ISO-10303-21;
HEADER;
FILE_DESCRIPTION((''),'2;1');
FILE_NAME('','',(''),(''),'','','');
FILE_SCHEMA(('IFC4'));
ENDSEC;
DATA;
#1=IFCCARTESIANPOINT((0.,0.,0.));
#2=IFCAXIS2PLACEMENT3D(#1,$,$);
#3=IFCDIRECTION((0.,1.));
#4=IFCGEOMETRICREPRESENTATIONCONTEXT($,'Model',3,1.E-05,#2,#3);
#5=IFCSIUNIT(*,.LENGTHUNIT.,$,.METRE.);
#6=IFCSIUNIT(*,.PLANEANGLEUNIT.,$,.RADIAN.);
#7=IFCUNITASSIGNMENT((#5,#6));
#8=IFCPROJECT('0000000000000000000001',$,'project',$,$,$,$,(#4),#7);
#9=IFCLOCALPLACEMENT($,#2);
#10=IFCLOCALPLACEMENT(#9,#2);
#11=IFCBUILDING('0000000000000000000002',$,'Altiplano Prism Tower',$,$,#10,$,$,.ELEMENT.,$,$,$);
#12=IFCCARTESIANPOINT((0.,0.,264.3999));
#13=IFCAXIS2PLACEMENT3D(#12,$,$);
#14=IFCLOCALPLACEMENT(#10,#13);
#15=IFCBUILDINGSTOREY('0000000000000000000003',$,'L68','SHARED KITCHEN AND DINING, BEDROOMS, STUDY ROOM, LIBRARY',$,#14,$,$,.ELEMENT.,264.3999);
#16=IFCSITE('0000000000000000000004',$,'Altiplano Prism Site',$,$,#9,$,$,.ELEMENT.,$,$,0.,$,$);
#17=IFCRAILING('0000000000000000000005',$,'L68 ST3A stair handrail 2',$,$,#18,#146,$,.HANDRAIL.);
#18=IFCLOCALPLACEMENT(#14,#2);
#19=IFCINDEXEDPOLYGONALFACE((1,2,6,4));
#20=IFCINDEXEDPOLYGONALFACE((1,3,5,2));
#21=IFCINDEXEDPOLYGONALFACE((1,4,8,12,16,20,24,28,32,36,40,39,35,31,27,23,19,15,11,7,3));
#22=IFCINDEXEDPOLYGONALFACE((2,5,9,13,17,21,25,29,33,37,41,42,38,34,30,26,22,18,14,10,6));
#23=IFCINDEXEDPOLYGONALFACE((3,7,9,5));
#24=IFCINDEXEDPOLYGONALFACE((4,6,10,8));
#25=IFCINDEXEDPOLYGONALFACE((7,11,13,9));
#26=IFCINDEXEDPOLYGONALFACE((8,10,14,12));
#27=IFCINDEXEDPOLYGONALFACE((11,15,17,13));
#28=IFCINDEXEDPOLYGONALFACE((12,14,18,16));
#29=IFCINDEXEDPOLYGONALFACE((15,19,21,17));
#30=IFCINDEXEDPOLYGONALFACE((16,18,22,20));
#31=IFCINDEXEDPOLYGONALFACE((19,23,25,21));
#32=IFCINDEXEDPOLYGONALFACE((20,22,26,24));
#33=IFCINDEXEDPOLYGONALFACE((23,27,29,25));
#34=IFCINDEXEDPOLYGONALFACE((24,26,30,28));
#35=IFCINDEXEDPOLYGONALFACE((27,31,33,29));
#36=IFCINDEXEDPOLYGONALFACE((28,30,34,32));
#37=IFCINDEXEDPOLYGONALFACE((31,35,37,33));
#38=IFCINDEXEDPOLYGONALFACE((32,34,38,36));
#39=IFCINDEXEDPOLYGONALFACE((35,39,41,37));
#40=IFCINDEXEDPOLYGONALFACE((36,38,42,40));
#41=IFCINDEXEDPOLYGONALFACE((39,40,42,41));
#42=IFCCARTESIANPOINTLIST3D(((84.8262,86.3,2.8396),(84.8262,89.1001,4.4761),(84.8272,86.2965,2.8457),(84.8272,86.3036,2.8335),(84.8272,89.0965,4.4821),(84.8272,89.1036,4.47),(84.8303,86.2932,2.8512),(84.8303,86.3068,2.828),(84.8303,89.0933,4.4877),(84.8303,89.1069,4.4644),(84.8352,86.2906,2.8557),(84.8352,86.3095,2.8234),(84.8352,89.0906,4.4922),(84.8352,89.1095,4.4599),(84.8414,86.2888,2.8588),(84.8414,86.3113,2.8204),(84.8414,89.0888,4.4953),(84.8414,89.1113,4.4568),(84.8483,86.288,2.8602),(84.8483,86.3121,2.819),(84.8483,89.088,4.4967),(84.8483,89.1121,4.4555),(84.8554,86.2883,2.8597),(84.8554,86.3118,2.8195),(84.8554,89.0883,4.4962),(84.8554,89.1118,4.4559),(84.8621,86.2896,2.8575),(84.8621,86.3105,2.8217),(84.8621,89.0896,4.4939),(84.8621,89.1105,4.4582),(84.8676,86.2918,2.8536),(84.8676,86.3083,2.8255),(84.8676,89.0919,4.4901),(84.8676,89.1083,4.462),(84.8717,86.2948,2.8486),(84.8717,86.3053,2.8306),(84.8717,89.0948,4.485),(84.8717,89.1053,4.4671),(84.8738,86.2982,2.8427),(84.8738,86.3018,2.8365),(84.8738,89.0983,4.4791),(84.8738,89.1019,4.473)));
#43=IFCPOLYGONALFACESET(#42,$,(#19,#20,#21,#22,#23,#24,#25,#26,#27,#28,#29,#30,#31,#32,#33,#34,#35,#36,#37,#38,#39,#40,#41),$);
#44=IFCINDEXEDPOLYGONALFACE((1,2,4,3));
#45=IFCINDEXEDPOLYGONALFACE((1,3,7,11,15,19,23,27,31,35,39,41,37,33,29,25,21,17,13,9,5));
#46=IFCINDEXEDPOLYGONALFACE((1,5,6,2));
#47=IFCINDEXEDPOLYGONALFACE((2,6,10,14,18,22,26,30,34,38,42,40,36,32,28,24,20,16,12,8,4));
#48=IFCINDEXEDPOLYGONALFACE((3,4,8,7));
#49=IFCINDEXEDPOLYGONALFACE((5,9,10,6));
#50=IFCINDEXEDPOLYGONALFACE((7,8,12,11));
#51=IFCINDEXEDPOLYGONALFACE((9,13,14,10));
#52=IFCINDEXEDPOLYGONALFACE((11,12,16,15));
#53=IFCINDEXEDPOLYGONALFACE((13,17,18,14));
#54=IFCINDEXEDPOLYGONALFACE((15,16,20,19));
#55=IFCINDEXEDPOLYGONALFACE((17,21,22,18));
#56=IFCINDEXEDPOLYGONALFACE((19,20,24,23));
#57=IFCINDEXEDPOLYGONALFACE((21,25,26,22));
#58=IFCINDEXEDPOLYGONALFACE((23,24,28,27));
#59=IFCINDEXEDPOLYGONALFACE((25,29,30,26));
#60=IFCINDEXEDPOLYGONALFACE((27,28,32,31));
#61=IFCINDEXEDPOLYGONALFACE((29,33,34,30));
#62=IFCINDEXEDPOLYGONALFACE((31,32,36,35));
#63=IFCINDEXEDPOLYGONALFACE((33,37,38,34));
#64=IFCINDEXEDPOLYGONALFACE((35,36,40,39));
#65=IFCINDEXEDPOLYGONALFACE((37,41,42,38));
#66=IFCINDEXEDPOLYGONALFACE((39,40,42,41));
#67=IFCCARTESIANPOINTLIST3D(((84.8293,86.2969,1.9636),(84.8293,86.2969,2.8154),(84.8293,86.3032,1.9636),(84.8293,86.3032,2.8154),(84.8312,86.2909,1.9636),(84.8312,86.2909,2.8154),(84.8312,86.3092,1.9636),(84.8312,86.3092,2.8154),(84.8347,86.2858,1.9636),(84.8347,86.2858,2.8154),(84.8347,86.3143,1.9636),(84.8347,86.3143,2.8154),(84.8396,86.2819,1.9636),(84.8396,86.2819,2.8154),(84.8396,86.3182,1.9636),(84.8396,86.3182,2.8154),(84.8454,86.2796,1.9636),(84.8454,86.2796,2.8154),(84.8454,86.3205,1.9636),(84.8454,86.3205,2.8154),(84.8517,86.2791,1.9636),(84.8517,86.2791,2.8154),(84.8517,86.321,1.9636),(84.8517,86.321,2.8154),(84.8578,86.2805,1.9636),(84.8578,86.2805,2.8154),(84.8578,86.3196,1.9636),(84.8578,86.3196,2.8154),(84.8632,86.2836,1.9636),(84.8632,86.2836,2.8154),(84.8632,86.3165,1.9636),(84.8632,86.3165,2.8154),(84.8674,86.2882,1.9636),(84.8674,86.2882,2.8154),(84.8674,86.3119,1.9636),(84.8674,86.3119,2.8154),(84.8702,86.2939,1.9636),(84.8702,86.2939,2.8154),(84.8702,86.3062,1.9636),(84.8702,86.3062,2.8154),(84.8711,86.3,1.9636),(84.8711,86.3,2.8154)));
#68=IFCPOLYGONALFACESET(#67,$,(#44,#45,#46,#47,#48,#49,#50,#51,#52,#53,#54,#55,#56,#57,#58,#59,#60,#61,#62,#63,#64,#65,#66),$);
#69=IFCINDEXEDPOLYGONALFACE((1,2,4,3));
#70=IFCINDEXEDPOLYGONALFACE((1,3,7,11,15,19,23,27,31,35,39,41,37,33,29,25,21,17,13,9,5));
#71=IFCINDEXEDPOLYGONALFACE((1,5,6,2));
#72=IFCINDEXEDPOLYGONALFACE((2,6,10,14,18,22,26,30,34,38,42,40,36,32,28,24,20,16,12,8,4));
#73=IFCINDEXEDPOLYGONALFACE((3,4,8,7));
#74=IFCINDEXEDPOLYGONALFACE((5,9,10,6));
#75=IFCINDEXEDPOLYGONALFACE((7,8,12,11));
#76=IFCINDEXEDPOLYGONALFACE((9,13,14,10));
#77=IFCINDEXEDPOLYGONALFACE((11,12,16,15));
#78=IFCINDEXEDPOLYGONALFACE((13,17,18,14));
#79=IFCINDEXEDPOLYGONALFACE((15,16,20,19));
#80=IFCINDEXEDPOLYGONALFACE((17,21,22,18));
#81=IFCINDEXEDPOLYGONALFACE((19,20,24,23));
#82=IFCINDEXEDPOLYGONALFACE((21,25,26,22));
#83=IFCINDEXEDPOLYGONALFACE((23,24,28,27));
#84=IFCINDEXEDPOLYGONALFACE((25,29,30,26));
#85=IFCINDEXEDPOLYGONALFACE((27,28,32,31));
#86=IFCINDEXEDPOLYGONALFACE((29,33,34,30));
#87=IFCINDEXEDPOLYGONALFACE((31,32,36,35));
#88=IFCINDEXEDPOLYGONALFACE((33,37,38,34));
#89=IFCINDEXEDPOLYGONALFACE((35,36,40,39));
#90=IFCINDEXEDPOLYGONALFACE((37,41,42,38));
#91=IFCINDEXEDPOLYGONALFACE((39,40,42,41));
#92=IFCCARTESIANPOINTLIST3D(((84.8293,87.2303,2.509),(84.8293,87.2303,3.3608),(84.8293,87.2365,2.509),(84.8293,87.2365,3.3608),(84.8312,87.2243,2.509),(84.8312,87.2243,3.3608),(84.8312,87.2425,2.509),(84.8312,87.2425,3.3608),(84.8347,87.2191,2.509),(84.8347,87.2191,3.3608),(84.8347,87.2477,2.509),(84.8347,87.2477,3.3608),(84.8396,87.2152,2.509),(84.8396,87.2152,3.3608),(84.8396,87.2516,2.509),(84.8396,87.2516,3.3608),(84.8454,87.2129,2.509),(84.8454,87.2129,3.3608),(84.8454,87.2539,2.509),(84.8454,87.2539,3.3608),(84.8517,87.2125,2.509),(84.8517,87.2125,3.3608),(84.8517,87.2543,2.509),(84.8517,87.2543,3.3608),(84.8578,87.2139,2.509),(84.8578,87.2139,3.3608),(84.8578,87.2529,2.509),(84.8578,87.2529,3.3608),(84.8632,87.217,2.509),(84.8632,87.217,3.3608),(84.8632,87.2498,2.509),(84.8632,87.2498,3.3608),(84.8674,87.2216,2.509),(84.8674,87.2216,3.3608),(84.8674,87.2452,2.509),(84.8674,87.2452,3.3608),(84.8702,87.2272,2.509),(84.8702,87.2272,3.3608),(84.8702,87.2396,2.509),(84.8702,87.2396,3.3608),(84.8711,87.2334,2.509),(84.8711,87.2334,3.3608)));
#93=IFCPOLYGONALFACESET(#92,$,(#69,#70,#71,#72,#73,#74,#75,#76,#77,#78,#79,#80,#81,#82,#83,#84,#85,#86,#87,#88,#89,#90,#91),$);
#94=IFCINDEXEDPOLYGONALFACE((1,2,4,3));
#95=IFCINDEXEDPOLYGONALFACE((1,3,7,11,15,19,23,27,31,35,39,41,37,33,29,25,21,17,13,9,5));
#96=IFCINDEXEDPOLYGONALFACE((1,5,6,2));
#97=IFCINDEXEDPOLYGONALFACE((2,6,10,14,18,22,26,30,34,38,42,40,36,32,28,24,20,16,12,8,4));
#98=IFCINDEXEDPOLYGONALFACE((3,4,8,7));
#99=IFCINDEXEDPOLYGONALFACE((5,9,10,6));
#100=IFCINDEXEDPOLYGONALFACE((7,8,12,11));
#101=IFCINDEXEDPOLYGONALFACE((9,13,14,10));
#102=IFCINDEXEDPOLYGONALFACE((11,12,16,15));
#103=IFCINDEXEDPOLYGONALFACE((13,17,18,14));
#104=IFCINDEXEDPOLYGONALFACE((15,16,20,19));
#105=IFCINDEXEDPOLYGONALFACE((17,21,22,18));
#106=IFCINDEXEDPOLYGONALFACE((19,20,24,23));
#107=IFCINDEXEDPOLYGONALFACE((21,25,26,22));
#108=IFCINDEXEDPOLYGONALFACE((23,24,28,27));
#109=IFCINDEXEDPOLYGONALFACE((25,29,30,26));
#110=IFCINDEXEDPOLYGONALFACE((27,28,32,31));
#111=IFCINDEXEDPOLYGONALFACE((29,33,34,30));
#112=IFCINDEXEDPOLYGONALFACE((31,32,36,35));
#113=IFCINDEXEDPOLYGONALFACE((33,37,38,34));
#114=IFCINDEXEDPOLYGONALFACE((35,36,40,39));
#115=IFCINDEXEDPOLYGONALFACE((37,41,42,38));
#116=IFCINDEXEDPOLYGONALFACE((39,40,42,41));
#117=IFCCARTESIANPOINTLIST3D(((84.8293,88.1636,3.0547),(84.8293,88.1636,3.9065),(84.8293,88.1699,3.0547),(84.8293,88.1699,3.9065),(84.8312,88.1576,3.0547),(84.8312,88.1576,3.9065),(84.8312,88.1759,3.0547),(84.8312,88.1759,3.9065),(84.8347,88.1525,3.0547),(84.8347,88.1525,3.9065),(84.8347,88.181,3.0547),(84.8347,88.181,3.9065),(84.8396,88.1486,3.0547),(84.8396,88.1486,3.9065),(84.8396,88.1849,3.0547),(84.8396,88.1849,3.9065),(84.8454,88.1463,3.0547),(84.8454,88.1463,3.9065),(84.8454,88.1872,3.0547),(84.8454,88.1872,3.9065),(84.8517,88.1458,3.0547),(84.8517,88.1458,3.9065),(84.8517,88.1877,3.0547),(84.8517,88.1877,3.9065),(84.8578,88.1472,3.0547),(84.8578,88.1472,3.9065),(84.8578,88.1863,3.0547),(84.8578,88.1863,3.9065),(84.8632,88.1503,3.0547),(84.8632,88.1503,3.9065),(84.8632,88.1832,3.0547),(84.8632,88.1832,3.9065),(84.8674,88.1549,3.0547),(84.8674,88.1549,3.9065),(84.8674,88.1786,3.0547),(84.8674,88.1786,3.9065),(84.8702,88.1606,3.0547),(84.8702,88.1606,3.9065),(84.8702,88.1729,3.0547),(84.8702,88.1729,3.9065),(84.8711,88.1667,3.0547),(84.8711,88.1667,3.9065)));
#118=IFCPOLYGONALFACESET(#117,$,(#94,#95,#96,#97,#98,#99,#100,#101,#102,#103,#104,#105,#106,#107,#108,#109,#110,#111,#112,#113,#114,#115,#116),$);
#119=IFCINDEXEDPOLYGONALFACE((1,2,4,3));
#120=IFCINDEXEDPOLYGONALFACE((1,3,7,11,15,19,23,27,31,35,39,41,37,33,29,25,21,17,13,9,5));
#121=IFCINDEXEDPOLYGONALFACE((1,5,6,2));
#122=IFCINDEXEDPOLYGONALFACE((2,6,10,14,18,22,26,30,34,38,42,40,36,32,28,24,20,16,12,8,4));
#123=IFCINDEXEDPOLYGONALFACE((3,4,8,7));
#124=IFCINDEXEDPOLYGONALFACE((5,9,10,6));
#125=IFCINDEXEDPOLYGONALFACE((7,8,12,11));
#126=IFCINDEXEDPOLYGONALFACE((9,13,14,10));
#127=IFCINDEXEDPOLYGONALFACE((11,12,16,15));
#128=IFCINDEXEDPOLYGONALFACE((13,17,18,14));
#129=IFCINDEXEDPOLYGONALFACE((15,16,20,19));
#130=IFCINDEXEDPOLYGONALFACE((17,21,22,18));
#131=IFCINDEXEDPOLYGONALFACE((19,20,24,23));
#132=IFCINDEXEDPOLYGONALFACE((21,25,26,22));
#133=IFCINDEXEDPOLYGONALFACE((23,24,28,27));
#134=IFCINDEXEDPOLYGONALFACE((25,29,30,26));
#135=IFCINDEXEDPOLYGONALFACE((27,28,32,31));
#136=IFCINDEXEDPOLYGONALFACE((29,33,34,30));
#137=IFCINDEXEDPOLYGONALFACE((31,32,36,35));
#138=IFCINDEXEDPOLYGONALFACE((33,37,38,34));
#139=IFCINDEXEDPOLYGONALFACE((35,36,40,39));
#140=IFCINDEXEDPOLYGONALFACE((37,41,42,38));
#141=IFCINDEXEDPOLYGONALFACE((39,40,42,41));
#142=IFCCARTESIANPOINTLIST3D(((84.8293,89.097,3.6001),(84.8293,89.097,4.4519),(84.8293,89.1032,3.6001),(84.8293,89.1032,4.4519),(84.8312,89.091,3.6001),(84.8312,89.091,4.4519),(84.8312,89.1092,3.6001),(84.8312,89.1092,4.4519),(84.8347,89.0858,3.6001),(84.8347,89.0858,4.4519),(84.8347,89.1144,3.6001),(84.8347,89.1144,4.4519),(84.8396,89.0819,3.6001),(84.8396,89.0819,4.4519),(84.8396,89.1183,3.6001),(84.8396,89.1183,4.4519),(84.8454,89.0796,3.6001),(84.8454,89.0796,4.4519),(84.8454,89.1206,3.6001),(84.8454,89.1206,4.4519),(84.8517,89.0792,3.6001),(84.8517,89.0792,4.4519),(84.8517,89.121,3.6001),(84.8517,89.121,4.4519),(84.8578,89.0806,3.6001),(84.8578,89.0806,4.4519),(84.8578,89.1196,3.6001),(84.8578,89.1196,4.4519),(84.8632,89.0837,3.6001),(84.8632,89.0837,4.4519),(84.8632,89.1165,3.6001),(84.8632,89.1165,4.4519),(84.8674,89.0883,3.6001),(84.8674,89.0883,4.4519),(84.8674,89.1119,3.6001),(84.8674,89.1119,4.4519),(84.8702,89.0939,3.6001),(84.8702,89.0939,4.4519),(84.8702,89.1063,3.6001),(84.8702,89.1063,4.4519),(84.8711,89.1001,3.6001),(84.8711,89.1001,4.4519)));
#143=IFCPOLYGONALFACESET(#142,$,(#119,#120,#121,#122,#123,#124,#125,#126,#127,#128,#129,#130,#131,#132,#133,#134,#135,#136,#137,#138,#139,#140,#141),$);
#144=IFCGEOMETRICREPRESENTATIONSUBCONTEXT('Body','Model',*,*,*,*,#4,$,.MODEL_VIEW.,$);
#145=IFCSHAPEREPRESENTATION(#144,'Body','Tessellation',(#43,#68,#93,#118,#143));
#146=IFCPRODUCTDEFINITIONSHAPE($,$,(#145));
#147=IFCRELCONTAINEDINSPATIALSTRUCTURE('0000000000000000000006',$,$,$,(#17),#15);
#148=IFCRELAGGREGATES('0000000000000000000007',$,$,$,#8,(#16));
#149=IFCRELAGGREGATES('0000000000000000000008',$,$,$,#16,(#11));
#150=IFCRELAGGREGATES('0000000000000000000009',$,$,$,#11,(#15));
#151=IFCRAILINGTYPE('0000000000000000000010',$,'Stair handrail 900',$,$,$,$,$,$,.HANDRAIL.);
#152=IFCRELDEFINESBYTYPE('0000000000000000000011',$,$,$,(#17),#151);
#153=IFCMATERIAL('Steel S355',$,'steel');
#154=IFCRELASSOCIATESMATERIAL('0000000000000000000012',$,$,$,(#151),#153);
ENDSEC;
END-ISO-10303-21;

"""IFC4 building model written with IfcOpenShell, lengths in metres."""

from ifc_helpers import new_model, si_unit, direction, frame, origin, origin_2d, place, context, subcontext, project, spatial, circle, extrude, material, type_object, element, save


model = new_model("IFC4")

# Units and contexts
model_context = context("Model", 3, precision=1e-05, world=origin(), true_north=direction((0.0, 1.0)))
body_context = subcontext(model_context, "Body", "Model", "MODEL_VIEW")
ifc_project = project(units=[si_unit("LENGTHUNIT", "METRE"), si_unit("PLANEANGLEUNIT", "RADIAN")], contexts=[model_context])

# Site, building, storey
site_placement = place(None, origin())
site = spatial("IfcSite", under=ifc_project, at=site_placement, Name="Altiplano Prism Site", CompositionType="ELEMENT", RefElevation=0.0)
building_placement = place(site_placement, origin())
building = spatial("IfcBuilding", under=site, at=building_placement, Name="Altiplano Prism Tower", CompositionType="ELEMENT")
storey_placement = place(building_placement, frame((0.0, 0.0, 264.3999)))
storey = spatial("IfcBuildingStorey", under=building, at=storey_placement, Name="L68", Description="SHARED KITCHEN AND DINING, BEDROOMS, STUDY ROOM, LIBRARY", CompositionType="ELEMENT", Elevation=264.3999)

# Shared definitions
ifc_material_1 = material(Name="Steel S355", Category="steel")

# Railing
railing_type_1 = type_object("IfcRailingType", Name="Stair handrail 900", PredefinedType="HANDRAIL", material=ifc_material_1)
railing_1_placement = place(storey_placement, frame((84.8501, 86.3, 1.9636)))
element("IfcRailing", 1, at=railing_1_placement, inside=storey, type_object=railing_type_1, Name="L68 ST3A stair handrail 2", PredefinedType="HANDRAIL", context=body_context, shape_type="SweptSolid", body=[
    extrude(circle(Radius=0.0239, at=origin_2d()), frame((0.0, 0.0, 0.876), z_axis=(0.0, 0.863361, 0.504587), x_axis=(-1.0, 0.0, 0.0)), (0.0, 0.0, 1.0), 3.2432),
    extrude(circle(Radius=0.021, at=origin_2d()), origin(), (0.0, 0.0, 1.0), 0.8518),
    extrude(circle(Radius=0.021, at=origin_2d()), frame((0.0, 0.9333, 0.5454)), (0.0, 0.0, 1.0), 0.8518),
    extrude(circle(Radius=0.021, at=origin_2d()), frame((0.0, 1.8667, 1.0911)), (0.0, 0.0, 1.0), 0.8518),
    extrude(circle(Radius=0.021, at=origin_2d()), frame((0.0, 2.8, 1.6365)), (0.0, 0.0, 1.0), 0.8518),
])

save(model, "model.ifc")
